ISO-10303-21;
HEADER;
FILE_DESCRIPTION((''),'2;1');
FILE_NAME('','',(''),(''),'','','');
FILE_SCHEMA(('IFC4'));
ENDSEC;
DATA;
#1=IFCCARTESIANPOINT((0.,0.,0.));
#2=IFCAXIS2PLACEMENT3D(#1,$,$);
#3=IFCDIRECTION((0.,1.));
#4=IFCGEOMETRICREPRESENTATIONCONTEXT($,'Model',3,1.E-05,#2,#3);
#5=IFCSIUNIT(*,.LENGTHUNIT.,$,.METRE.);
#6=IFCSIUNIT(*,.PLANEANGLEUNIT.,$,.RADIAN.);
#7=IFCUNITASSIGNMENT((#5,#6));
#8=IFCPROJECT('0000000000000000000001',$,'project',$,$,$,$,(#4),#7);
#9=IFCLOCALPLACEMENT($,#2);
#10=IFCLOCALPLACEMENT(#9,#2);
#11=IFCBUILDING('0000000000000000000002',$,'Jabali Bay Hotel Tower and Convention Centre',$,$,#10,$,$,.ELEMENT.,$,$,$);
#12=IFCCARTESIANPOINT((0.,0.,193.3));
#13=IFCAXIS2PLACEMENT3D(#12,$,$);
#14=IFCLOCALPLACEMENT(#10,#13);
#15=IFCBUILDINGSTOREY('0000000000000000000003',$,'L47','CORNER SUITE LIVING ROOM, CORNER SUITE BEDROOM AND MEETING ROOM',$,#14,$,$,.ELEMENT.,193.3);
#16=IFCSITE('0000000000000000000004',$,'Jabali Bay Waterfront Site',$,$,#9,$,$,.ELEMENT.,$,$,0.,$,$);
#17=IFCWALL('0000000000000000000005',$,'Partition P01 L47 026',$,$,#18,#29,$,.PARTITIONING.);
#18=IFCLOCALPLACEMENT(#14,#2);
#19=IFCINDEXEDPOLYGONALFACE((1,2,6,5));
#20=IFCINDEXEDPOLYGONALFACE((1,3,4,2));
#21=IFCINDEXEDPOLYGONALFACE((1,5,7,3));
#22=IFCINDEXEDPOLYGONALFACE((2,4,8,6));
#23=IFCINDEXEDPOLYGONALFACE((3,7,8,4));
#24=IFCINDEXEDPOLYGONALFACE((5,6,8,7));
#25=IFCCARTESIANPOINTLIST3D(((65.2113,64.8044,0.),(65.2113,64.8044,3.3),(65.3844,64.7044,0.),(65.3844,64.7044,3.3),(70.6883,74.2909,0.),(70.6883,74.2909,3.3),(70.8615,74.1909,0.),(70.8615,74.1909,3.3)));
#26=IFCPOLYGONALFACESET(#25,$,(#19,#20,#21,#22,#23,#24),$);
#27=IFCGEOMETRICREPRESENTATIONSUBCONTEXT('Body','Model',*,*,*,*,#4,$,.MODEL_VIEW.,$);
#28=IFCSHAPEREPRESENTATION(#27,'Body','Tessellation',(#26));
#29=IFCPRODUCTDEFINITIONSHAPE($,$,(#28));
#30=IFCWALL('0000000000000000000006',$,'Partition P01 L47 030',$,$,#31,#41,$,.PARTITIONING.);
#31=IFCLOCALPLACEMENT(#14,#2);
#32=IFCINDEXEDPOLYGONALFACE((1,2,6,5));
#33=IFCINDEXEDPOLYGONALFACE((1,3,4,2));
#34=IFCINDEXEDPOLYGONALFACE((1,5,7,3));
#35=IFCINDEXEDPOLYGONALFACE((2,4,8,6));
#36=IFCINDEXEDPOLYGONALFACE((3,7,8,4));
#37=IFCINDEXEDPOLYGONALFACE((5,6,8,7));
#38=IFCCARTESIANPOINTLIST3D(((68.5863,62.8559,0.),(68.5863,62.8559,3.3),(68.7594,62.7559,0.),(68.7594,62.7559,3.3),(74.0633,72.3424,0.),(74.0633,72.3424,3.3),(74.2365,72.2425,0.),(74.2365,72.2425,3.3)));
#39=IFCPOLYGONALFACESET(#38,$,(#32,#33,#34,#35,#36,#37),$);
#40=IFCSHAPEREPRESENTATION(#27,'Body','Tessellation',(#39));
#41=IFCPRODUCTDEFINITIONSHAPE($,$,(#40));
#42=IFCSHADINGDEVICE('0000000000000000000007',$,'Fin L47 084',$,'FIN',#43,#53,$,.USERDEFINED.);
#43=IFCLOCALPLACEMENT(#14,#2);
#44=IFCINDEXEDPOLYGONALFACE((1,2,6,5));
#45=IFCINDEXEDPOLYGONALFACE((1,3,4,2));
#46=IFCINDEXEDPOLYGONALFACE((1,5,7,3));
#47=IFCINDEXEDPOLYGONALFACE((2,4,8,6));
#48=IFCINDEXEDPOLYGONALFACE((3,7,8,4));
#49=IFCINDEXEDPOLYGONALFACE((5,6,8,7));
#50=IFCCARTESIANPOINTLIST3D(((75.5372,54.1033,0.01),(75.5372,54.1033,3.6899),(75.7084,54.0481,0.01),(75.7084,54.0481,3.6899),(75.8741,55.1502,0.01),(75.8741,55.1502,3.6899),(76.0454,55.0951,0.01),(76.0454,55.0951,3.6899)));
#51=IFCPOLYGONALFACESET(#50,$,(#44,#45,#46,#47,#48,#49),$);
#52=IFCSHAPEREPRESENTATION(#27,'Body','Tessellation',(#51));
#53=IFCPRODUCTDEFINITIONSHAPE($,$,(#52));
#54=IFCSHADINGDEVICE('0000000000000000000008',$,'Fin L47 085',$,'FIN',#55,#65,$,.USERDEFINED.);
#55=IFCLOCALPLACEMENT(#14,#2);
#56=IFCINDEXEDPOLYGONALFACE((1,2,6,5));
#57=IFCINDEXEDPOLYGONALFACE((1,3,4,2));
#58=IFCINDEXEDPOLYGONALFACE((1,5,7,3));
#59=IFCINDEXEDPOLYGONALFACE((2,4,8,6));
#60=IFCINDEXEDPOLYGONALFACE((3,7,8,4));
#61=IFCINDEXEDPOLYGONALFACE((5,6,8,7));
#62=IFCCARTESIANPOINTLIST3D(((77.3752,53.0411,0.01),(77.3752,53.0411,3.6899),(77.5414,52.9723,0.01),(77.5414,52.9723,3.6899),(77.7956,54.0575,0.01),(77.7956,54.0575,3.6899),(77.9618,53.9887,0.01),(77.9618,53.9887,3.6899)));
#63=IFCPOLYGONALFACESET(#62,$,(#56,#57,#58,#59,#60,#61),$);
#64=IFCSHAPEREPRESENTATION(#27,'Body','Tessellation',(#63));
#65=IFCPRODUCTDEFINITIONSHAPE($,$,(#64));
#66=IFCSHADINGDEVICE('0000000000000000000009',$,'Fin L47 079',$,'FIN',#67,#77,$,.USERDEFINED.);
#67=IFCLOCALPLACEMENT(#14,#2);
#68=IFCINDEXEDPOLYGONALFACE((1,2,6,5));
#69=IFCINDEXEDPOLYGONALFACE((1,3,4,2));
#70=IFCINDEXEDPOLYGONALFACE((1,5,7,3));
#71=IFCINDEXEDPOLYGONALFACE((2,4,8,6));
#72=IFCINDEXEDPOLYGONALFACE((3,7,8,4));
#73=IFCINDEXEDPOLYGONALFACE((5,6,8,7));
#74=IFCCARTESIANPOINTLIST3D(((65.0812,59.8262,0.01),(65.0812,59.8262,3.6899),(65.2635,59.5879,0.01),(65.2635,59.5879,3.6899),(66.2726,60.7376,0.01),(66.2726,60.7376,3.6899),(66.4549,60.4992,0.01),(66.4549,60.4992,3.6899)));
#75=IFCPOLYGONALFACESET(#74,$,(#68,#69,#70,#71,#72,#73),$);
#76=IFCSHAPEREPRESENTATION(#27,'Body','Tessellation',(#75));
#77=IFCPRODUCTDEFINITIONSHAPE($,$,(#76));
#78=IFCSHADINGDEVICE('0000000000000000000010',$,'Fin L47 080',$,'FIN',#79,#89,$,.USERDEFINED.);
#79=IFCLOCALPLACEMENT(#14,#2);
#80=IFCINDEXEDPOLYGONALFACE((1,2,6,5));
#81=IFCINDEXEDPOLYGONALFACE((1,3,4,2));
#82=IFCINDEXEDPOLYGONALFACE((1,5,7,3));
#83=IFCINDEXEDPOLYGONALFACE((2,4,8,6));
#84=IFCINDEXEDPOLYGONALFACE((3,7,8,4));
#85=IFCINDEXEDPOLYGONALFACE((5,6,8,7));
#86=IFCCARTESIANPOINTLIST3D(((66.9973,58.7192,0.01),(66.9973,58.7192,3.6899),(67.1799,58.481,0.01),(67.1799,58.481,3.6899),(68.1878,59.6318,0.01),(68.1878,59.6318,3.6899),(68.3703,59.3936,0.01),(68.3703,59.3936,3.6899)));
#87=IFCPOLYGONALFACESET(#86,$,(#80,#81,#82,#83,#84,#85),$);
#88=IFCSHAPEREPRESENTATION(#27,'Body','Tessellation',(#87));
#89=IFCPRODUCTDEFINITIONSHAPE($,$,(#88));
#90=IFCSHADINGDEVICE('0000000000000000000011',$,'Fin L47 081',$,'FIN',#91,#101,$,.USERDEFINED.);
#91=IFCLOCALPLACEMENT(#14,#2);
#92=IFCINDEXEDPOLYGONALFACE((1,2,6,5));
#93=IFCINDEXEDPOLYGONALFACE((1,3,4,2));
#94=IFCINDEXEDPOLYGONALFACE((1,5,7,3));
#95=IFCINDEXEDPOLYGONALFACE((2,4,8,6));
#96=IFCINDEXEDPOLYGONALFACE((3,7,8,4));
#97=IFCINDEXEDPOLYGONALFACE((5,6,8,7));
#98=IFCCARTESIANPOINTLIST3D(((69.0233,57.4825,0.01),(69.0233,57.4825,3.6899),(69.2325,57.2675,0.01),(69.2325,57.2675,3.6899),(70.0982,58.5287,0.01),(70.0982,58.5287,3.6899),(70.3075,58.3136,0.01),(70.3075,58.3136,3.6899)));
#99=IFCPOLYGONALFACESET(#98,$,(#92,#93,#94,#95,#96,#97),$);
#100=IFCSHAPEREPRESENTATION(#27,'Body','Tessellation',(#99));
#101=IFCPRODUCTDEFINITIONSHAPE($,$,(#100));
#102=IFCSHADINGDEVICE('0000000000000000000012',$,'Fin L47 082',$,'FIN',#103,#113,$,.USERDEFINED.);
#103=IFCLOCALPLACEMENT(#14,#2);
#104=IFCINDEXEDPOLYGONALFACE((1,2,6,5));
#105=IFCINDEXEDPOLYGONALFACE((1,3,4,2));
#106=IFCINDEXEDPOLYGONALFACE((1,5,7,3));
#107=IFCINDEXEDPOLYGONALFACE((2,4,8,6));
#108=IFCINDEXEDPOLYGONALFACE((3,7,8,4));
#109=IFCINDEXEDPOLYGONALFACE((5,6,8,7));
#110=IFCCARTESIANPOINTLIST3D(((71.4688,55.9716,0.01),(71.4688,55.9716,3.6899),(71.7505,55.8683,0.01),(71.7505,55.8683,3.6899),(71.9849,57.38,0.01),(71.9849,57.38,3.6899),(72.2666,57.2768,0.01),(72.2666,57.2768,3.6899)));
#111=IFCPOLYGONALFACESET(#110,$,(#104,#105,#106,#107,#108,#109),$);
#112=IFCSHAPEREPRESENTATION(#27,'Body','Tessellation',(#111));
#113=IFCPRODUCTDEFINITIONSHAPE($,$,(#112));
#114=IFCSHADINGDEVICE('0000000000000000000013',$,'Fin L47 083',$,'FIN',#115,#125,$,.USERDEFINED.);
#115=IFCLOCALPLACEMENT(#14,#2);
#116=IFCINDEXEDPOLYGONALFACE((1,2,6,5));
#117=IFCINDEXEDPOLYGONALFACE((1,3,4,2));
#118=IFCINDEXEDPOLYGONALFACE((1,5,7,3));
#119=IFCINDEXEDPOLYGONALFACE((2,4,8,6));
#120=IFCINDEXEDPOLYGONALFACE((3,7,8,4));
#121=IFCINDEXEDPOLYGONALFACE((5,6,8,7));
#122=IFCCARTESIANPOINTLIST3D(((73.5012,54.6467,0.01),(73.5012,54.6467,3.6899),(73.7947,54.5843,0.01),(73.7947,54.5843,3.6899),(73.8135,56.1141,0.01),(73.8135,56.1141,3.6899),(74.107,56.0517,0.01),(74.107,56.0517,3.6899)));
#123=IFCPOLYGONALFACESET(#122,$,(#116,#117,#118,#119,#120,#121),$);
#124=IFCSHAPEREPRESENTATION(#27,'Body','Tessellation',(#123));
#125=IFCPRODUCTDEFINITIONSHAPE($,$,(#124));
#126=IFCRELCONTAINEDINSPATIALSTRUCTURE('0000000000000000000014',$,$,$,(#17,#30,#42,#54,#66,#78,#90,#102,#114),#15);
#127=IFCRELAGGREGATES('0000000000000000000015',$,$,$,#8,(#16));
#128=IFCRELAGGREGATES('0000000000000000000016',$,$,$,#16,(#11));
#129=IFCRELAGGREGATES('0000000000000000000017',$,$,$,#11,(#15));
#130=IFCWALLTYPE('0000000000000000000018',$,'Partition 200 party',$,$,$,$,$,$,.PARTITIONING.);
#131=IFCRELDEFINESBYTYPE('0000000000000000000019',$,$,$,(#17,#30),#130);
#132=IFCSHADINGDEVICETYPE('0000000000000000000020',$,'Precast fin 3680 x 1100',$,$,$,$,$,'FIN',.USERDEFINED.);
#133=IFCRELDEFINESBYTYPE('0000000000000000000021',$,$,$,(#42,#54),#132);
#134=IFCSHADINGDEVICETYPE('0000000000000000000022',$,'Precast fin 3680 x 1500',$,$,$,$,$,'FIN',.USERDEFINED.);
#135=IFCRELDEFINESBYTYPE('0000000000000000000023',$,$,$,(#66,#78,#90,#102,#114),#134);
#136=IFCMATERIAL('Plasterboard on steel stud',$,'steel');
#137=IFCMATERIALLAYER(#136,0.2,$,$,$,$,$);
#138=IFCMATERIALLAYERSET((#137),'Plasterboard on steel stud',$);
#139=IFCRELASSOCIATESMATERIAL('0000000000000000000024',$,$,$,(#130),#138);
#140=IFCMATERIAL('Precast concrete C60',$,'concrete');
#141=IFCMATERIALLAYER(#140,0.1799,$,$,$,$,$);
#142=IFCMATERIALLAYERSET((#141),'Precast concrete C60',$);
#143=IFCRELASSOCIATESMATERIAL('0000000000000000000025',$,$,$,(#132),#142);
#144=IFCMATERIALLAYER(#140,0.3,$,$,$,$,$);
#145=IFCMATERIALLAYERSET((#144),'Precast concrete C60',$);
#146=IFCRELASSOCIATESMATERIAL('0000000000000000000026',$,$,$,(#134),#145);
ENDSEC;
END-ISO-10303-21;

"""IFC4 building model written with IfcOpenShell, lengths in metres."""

from ifc_helpers import new_model, si_unit, direction, frame, frame_2d, origin, place, context, subcontext, project, spatial, rectangle, extrude, material, layer, layer_set, type_object, element, save


model = new_model("IFC4")

# Units and contexts
model_context = context("Model", 3, precision=1e-05, world=origin(), true_north=direction((0.0, 1.0)))
body_context = subcontext(model_context, "Body", "Model", "MODEL_VIEW")
ifc_project = project(units=[si_unit("LENGTHUNIT", "METRE"), si_unit("PLANEANGLEUNIT", "RADIAN")], contexts=[model_context])

# Site, building, storey
site_placement = place(None, origin())
site = spatial("IfcSite", under=ifc_project, at=site_placement, Name="Jabali Bay Waterfront Site", CompositionType="ELEMENT", RefElevation=0.0)
building_placement = place(site_placement, origin())
building = spatial("IfcBuilding", under=site, at=building_placement, Name="Jabali Bay Hotel Tower and Convention Centre", CompositionType="ELEMENT")
storey_placement = place(building_placement, frame((0.0, 0.0, 193.3)))
storey = spatial("IfcBuildingStorey", under=building, at=storey_placement, Name="L47", Description="CORNER SUITE LIVING ROOM, CORNER SUITE BEDROOM AND MEETING ROOM", CompositionType="ELEMENT", Elevation=193.3)

# Shared definitions
ifc_material_1 = material(Name="Plasterboard on steel stud", Category="steel")

# Walls
ifc_layer_1 = layer(ifc_material_1, 0.2)
ifc_layer_set_1 = layer_set([ifc_layer_1], Name="Plasterboard on steel stud")
wall_type_1 = type_object("IfcWallType", Name="Partition 200 party", PredefinedType="PARTITIONING", material=ifc_layer_set_1)
for number, where, z_axis, x_axis, name in (
    (1, (65.2979, 64.7544, 0.0), (0.0, 0.0, 1.0), (0.499998, 0.866026, 0.0), "Partition P01 L47 026"),
    (2, (68.6729, 62.8059, 0.0), (0.0, 0.0, 1.0), (0.499998, 0.866026, 0.0), "Partition P01 L47 030"),
):
    element("IfcWall", number, at=place(storey_placement, frame(where, z_axis=z_axis, x_axis=x_axis)), inside=storey, type_object=wall_type_1, Name=name, PredefinedType="PARTITIONING", context=body_context, shape_type="SweptSolid", body=[
        extrude(rectangle(XDim=10.9541, YDim=0.2, at=frame_2d((5.4771, 0.0))), origin(), (0.0, 0.0, 1.0), 3.3),
    ])

# Shading devices
ifc_material_2 = material(Name="Precast concrete C60", Category="concrete")
ifc_layer_2 = layer(ifc_material_2, 0.1799)
ifc_layer_set_2 = layer_set([ifc_layer_2], Name="Precast concrete C60")
shading_device_type_1 = type_object("IfcShadingDeviceType", Name="Precast fin 3680 x 1100", ElementType="FIN", PredefinedType="USERDEFINED", material=ifc_layer_set_2)
for number, where, z_axis, x_axis, name in (
    (3, (75.9597, 55.1226, 0.01), (0.0, 0.0, 1.0), (-0.306354, -0.951918, 0.0), "Fin L47 084"),
    (4, (77.8787, 54.0229, 0.01), (0.0, 0.0, 1.0), (-0.382234, -0.924066, 0.0), "Fin L47 085"),
):
    element("IfcShadingDevice", number, at=place(storey_placement, frame(where, z_axis=z_axis, x_axis=x_axis)), inside=storey, type_object=shading_device_type_1, Name=name, ObjectType="FIN", PredefinedType="USERDEFINED", context=body_context, shape_type="SweptSolid", body=[
        extrude(rectangle(XDim=1.0999, YDim=0.1799, at=frame_2d((0.5498, 0.0))), origin(), (0.0, 0.0, 1.0), 3.6799),
    ])
ifc_layer_3 = layer(ifc_material_2, 0.3)
ifc_layer_set_3 = layer_set([ifc_layer_3], Name="Precast concrete C60")
shading_device_type_2 = type_object("IfcShadingDeviceType", Name="Precast fin 3680 x 1500", ElementType="FIN", PredefinedType="USERDEFINED", material=ifc_layer_set_3)
for number, where, z_axis, x_axis, name in (
    (5, (66.3638, 60.6184, 0.01), (0.0, 0.0, 1.0), (-0.794261, -0.607577, 0.0), "Fin L47 079"),
    (6, (68.2791, 59.5127, 0.01), (0.0, 0.0, 1.0), (-0.793627, -0.608404, 0.0), "Fin L47 080"),
    (7, (70.2029, 58.4211, 0.01), (0.0, 0.0, 1.0), (-0.716645, -0.697439, 0.0), "Fin L47 081"),
    (8, (72.1257, 57.3284, 0.01), (0.0, 0.0, 1.0), (-0.344068, -0.938945, 0.0), "Fin L47 082"),
):
    element("IfcShadingDevice", number, at=place(storey_placement, frame(where, z_axis=z_axis, x_axis=x_axis)), inside=storey, type_object=shading_device_type_2, Name=name, ObjectType="FIN", PredefinedType="USERDEFINED", context=body_context, shape_type="SweptSolid", body=[
        extrude(rectangle(XDim=1.5, YDim=0.3, at=frame_2d((0.75, 0.0))), origin(), (0.0, 0.0, 1.0), 3.6799),
    ])
shading_device_placement = place(storey_placement, frame((73.9602, 56.0828, 0.01), z_axis=(0.0, 0.0, 1.0), x_axis=(-0.208151, -0.978097, 0.0)))
element("IfcShadingDevice", 9, at=shading_device_placement, inside=storey, type_object=shading_device_type_2, Name="Fin L47 083", ObjectType="FIN", PredefinedType="USERDEFINED", context=body_context, shape_type="SweptSolid", body=[
    extrude(rectangle(XDim=1.5002, YDim=0.3, at=frame_2d((0.75, 0.0))), origin(), (0.0, 0.0, 1.0), 3.6799),
])

save(model, "model.ifc")
